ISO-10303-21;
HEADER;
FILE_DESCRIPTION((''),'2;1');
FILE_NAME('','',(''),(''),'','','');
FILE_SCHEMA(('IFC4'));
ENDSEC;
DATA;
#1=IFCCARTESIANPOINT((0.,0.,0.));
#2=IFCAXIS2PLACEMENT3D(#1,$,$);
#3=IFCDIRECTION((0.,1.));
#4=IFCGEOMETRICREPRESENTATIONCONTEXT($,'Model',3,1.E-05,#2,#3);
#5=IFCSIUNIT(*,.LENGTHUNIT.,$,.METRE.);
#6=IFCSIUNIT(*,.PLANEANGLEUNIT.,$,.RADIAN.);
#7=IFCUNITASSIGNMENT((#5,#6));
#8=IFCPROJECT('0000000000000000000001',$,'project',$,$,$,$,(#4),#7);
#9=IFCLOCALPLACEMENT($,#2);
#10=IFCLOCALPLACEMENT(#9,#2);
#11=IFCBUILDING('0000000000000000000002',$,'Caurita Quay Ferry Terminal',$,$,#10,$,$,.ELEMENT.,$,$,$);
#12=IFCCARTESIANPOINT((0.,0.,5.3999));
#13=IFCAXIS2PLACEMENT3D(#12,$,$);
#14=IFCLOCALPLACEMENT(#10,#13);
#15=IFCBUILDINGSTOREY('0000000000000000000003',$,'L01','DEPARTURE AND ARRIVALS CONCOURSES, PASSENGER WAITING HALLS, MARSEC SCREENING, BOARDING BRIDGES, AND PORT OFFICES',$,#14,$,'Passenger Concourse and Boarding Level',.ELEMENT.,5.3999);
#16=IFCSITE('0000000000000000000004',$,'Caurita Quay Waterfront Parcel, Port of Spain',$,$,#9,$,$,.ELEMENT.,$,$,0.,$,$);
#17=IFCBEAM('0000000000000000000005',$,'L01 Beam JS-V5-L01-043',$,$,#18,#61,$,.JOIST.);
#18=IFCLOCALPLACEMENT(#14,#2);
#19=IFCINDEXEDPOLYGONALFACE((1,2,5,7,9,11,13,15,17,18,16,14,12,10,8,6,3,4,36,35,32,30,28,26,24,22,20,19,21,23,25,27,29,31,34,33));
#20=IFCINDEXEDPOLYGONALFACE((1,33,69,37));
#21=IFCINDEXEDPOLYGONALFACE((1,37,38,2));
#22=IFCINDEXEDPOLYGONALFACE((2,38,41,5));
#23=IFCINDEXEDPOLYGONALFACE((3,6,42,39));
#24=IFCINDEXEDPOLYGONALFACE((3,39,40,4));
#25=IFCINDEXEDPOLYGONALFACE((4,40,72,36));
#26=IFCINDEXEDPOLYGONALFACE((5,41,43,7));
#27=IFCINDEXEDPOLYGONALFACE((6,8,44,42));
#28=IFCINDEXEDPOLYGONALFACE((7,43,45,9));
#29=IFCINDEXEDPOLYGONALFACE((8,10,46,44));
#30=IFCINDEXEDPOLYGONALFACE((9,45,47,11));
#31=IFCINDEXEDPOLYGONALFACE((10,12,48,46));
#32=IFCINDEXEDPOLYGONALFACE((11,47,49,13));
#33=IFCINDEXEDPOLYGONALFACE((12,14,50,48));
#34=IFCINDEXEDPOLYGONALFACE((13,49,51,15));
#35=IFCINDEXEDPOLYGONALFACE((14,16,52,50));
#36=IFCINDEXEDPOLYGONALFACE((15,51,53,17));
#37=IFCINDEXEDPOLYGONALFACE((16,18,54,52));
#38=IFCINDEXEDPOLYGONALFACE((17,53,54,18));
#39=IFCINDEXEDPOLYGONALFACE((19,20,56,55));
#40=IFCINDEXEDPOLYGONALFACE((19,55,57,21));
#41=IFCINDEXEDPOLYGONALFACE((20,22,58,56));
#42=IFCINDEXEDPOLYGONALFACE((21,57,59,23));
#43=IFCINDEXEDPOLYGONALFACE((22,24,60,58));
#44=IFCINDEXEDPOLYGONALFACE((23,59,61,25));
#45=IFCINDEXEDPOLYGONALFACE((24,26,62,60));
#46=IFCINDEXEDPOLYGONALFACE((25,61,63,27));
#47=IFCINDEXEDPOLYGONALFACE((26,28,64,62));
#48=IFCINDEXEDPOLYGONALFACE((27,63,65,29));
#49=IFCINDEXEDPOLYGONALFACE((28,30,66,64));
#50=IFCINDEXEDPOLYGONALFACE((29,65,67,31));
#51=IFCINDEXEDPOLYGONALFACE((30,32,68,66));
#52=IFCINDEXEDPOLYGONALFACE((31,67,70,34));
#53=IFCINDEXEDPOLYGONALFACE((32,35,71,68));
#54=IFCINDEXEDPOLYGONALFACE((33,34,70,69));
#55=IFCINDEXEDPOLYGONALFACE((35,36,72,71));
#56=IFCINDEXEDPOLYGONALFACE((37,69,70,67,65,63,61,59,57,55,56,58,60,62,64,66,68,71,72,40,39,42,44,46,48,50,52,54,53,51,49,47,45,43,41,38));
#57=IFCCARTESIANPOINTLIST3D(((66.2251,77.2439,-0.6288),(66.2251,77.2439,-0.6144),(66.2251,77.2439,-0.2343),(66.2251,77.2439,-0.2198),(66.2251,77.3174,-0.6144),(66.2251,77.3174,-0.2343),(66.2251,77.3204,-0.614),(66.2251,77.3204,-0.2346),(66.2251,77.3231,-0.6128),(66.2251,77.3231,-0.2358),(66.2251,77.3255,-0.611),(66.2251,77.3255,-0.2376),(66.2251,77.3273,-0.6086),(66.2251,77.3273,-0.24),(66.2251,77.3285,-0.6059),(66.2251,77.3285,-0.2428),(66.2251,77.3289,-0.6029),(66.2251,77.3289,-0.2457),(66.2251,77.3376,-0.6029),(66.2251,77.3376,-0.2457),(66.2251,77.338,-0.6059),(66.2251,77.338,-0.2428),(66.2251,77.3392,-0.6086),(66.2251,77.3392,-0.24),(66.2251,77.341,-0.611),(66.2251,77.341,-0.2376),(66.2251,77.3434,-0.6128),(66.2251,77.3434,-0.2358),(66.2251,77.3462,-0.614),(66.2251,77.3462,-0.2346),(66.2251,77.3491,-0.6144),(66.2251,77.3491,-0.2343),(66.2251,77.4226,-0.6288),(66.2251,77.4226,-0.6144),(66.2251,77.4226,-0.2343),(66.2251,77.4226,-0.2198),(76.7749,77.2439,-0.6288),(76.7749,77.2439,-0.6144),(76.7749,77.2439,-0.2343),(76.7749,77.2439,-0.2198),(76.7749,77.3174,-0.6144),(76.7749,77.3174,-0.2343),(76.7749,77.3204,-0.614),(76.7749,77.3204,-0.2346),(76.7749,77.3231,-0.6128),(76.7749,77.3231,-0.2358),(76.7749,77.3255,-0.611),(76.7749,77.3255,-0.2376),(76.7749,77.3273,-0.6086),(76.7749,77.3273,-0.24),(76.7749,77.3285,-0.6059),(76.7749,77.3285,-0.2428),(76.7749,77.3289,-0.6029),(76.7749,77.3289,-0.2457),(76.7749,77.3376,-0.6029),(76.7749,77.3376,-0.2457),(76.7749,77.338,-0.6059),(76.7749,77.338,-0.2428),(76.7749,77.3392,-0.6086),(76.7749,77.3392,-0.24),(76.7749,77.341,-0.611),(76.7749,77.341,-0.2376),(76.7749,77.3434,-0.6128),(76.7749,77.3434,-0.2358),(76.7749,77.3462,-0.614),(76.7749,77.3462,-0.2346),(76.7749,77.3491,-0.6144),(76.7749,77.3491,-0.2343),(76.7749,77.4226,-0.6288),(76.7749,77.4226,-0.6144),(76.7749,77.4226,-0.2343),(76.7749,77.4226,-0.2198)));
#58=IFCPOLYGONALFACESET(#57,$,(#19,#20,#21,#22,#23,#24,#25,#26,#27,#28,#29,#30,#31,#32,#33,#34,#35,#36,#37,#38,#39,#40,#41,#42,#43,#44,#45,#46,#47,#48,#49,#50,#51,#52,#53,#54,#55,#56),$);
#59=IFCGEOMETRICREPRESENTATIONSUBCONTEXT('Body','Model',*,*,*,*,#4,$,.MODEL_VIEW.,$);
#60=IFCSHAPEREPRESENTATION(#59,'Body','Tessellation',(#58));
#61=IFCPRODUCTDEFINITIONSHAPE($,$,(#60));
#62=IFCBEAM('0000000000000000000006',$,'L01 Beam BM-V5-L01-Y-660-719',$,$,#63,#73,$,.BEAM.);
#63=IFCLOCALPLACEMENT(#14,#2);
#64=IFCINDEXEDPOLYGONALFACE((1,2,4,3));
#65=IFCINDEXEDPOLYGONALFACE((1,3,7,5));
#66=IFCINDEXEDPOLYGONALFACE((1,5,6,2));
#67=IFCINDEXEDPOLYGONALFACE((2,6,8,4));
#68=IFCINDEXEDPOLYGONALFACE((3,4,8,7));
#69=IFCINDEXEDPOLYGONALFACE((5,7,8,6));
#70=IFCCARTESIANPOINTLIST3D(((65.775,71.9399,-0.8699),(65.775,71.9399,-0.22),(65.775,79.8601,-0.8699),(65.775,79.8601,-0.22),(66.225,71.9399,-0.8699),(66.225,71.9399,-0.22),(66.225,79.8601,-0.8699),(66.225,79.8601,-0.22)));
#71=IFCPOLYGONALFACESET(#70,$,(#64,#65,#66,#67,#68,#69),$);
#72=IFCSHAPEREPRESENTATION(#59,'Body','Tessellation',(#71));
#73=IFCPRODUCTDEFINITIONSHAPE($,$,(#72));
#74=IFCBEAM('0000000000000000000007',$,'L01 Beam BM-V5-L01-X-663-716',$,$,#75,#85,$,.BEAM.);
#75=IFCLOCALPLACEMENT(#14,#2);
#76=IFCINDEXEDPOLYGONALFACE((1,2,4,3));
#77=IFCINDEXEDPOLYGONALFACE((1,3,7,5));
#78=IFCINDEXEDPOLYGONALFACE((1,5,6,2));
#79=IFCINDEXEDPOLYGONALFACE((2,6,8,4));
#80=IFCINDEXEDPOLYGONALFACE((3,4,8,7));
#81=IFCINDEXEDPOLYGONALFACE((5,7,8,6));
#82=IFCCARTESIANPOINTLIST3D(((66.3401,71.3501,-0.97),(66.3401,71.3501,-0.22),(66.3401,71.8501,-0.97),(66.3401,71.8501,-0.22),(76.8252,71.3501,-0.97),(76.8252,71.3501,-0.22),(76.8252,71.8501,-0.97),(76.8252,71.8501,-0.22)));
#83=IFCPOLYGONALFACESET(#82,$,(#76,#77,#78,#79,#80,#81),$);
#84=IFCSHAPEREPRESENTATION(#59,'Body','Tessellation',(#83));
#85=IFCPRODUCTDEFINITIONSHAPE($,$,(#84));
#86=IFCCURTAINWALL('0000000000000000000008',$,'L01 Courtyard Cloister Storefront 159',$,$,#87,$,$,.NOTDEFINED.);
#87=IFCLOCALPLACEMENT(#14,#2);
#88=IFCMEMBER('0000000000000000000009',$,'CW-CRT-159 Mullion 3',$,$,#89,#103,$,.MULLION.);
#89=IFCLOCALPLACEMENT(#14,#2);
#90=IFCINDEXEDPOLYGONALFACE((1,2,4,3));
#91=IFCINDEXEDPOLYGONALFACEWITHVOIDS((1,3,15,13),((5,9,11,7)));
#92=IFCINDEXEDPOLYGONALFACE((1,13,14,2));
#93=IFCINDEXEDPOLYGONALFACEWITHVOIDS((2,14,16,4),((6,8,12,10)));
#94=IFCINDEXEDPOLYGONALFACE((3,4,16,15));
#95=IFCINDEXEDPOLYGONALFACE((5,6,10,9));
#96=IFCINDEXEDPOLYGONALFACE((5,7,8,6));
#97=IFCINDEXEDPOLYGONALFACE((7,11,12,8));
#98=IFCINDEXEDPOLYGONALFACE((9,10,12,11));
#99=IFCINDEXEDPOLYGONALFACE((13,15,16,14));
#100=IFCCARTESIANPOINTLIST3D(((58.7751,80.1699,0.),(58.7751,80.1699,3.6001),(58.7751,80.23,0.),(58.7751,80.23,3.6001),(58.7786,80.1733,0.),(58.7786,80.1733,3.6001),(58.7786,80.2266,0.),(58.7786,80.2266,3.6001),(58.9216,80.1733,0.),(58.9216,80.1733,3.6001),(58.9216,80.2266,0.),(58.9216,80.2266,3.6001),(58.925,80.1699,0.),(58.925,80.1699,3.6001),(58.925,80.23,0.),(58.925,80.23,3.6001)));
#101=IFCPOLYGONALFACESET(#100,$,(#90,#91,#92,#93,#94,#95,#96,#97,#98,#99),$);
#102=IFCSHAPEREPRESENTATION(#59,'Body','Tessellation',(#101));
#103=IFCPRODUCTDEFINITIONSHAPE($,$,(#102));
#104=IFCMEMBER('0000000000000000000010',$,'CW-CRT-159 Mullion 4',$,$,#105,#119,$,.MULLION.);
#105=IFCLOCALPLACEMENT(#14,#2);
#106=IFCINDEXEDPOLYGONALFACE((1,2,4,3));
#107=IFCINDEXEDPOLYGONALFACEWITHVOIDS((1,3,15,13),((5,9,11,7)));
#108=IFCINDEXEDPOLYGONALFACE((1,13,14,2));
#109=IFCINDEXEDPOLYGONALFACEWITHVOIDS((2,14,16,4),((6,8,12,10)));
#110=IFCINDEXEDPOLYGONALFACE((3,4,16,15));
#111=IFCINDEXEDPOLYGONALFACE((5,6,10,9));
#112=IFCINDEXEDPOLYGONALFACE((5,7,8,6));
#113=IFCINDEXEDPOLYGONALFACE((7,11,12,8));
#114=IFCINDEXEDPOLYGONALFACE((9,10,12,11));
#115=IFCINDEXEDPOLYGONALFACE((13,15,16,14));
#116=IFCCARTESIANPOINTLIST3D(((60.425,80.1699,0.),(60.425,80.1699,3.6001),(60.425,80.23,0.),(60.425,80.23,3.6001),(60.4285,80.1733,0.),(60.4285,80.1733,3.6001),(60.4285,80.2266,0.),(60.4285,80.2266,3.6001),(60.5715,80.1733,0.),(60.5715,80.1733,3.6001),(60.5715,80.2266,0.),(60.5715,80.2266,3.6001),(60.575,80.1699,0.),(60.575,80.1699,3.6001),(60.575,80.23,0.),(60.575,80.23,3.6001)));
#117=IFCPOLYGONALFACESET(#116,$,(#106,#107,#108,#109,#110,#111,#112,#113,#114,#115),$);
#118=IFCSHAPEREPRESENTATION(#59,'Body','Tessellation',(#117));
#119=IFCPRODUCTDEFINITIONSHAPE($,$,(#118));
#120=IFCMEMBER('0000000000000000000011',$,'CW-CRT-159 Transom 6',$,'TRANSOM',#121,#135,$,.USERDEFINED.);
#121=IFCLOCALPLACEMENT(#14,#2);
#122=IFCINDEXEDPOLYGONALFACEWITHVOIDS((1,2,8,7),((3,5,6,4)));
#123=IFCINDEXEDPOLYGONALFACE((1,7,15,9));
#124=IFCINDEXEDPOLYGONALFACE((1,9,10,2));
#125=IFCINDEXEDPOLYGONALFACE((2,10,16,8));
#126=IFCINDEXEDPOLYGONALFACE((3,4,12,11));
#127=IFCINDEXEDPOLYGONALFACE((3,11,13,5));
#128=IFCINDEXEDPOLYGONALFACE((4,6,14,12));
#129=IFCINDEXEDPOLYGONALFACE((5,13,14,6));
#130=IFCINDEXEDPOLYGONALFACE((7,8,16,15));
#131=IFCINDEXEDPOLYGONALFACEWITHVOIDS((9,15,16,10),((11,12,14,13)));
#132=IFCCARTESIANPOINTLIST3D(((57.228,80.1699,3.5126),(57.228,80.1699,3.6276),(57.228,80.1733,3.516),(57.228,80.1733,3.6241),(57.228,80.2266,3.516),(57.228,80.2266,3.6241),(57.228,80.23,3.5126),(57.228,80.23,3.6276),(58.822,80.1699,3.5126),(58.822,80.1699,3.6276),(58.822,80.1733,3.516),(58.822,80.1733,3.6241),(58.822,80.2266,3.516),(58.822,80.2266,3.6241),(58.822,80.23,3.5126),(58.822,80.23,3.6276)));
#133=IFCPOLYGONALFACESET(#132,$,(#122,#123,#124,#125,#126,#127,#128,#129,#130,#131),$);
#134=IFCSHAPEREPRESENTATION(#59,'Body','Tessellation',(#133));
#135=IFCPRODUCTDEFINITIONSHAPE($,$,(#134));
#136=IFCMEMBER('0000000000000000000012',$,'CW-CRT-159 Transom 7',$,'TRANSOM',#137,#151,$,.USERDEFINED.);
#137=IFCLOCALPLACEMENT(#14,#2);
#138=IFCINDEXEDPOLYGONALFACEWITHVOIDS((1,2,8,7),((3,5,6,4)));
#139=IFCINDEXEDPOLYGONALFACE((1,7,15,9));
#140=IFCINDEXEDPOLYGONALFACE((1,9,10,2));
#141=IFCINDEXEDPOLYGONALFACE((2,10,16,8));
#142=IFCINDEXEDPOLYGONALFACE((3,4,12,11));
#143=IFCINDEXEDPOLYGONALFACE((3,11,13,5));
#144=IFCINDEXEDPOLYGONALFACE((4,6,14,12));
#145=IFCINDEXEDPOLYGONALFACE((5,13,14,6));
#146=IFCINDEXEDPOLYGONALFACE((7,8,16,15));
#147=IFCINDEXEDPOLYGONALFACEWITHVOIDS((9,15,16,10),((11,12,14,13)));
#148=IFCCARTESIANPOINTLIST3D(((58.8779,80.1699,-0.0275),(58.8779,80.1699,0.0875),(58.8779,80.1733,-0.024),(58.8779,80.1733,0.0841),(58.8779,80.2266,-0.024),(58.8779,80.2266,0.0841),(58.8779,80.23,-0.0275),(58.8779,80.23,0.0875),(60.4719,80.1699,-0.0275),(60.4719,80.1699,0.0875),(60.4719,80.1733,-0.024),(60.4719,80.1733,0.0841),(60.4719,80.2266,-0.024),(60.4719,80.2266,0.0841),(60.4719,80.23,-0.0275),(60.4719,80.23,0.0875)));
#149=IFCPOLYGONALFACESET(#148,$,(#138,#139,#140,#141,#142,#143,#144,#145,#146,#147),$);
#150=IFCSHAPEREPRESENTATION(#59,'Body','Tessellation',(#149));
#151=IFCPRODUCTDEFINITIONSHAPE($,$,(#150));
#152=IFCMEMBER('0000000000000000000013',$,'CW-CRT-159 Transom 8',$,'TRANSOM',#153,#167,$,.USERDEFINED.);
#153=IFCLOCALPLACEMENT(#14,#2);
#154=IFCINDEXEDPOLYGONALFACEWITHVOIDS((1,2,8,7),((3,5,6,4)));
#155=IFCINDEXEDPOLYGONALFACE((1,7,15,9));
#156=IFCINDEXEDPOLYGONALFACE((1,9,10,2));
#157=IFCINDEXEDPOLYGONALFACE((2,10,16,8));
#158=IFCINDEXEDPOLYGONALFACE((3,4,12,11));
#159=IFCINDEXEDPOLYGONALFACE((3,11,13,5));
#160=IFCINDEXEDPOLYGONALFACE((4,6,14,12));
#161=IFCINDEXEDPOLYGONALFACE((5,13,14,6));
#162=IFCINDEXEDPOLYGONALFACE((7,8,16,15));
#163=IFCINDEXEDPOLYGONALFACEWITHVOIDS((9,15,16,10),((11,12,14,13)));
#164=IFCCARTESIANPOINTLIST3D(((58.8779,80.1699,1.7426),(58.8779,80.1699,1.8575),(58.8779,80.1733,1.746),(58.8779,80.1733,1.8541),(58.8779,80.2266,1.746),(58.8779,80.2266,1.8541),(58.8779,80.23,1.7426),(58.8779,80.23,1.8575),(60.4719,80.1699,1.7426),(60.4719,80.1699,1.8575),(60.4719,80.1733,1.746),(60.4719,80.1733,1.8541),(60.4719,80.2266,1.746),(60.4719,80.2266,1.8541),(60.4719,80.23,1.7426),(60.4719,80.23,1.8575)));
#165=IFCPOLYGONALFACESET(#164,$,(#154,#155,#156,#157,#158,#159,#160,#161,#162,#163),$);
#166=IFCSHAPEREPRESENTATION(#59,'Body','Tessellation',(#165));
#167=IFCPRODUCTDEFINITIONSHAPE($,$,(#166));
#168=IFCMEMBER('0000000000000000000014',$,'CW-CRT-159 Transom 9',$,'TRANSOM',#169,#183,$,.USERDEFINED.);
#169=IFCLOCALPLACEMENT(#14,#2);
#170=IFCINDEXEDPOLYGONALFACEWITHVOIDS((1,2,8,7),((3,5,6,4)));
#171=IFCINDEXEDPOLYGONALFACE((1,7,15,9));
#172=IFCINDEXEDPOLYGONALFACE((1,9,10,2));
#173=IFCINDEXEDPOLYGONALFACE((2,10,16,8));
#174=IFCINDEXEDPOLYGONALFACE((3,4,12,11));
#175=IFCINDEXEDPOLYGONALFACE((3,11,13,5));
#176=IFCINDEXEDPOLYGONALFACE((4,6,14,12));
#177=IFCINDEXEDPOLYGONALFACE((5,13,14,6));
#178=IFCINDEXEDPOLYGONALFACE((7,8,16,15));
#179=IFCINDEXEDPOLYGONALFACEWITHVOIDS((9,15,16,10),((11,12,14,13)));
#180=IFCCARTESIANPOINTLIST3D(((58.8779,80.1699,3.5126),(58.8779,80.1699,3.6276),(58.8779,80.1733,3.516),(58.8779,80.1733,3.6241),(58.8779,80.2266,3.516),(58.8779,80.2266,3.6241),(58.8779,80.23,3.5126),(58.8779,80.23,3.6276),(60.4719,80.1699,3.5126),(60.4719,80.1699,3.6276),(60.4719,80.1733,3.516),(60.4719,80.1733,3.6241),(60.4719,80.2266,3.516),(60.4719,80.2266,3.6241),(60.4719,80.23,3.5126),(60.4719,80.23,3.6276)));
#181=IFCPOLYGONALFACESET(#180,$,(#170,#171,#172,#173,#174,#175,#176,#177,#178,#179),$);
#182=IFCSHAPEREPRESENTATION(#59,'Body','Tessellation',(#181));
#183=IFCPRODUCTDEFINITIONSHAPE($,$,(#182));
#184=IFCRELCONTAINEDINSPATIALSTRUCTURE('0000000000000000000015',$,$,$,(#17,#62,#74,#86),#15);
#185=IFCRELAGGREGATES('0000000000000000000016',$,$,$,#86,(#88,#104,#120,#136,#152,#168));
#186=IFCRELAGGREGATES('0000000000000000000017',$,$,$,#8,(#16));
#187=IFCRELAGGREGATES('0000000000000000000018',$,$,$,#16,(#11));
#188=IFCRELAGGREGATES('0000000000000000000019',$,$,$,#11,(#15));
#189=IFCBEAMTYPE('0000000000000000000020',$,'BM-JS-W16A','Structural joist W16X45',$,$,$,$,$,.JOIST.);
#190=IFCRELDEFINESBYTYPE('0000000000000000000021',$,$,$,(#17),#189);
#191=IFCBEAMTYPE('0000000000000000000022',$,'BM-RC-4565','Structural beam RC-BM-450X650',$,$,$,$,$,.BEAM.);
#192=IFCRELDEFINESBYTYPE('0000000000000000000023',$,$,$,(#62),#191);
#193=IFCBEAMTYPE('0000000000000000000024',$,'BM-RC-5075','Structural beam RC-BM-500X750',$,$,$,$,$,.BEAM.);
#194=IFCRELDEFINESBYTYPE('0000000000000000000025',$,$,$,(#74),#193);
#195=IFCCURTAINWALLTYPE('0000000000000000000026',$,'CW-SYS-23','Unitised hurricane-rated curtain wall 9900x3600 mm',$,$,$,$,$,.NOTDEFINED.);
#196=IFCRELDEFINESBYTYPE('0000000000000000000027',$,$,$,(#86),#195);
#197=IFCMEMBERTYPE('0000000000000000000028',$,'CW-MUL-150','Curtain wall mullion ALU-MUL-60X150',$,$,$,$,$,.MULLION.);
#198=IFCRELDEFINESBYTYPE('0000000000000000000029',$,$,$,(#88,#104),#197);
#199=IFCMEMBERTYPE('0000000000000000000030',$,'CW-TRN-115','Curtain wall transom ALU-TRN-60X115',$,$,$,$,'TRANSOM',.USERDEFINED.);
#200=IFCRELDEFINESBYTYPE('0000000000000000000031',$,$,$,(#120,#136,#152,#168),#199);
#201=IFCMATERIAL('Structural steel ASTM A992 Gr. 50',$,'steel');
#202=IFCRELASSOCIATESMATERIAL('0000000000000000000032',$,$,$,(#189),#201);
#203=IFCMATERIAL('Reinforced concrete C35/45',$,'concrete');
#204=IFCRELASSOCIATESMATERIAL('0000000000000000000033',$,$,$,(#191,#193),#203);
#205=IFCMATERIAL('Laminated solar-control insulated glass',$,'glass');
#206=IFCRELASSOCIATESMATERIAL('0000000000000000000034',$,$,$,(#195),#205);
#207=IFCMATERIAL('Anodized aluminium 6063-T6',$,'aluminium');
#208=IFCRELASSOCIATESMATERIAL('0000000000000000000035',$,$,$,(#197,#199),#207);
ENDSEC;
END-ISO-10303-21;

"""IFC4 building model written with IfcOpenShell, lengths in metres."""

from ifc_helpers import new_model, si_unit, direction, frame, origin, origin_2d, place, context, subcontext, project, spatial, rectangle, hollow_rectangle, i_section, extrude, material, material_profile, profile_set, type_object, element, aggregate, save


model = new_model("IFC4")

# Units and contexts
model_context = context("Model", 3, precision=1e-05, world=origin(), true_north=direction((0.0, 1.0)))
body_context = subcontext(model_context, "Body", "Model", "MODEL_VIEW")
ifc_project = project(units=[si_unit("LENGTHUNIT", "METRE"), si_unit("PLANEANGLEUNIT", "RADIAN")], contexts=[model_context])

# Site, building, storey
site_placement = place(None, origin())
site = spatial("IfcSite", under=ifc_project, at=site_placement, Name="Caurita Quay Waterfront Parcel, Port of Spain", CompositionType="ELEMENT", RefElevation=0.0)
building_placement = place(site_placement, origin())
building = spatial("IfcBuilding", under=site, at=building_placement, Name="Caurita Quay Ferry Terminal", CompositionType="ELEMENT")
storey_placement = place(building_placement, frame((0.0, 0.0, 5.3999)))
storey = spatial("IfcBuildingStorey", under=building, at=storey_placement, Name="L01", Description="DEPARTURE AND ARRIVALS CONCOURSES, PASSENGER WAITING HALLS, MARSEC SCREENING, BOARDING BRIDGES, AND PORT OFFICES", LongName="Passenger Concourse and Boarding Level", CompositionType="ELEMENT", Elevation=5.3999)

# Shared definitions
ifc_material_1 = material(Name="Reinforced concrete C35/45", Category="concrete")
ifc_material_2 = material(Name="Structural steel ASTM A992 Gr. 50", Category="steel")

# Beams
ifc_material_profile_1 = material_profile(ifc_material_2, i_section(OverallWidth=0.1787, OverallDepth=0.4089, WebThickness=0.0088, FlangeThickness=0.0144, FilletRadius=0.0115, at=origin_2d()), Name="W16X45")
ifc_profile_set_1 = profile_set([ifc_material_profile_1], Name="Structural steel ASTM A992 Gr. 50")
beam_type_1 = type_object("IfcBeamType", Name="BM-JS-W16A", Description="Structural joist W16X45", PredefinedType="JOIST", material=ifc_profile_set_1)
for number, where, z_axis, x_axis, name in (
    (1, (66.2251, 77.3333, -0.4243), (1.0, 0.0, 0.0), (0.0, 1.0, 0.0), "L01 Beam JS-V5-L01-043"),
):
    element("IfcBeam", number, at=place(storey_placement, frame(where, z_axis=z_axis, x_axis=x_axis)), inside=storey, type_object=beam_type_1, Name=name, PredefinedType="JOIST", context=body_context, shape_type="SweptSolid", body=[
        extrude(i_section(OverallWidth=0.1787, OverallDepth=0.4089, WebThickness=0.0088, FlangeThickness=0.0144, FilletRadius=0.0115, at=origin_2d()), origin(), (0.0, 0.0, 1.0), 10.5498),
    ])
ifc_material_profile_2 = material_profile(ifc_material_1, rectangle(XDim=0.45, YDim=0.6499, at=origin_2d()), Name="RC-BM-450X650")
ifc_profile_set_2 = profile_set([ifc_material_profile_2], Name="Reinforced concrete C35/45")
beam_type_2 = type_object("IfcBeamType", Name="BM-RC-4565", Description="Structural beam RC-BM-450X650", PredefinedType="BEAM", material=ifc_profile_set_2)
beam_1_placement = place(storey_placement, frame((66.0, 71.9399, -0.5449), z_axis=(0.0, 1.0, 0.0), x_axis=(-1.0, 0.0, 0.0)))
element("IfcBeam", 2, at=beam_1_placement, inside=storey, type_object=beam_type_2, Name="L01 Beam BM-V5-L01-Y-660-719", PredefinedType="BEAM", context=body_context, shape_type="SweptSolid", body=[
    extrude(rectangle(XDim=0.45, YDim=0.6499, at=origin_2d()), origin(), (0.0, 0.0, 1.0), 7.9202),
])
ifc_material_profile_3 = material_profile(ifc_material_1, rectangle(XDim=0.5, YDim=0.75, at=origin_2d()), Name="RC-BM-500X750")
ifc_profile_set_3 = profile_set([ifc_material_profile_3], Name="Reinforced concrete C35/45")
beam_type_3 = type_object("IfcBeamType", Name="BM-RC-5075", Description="Structural beam RC-BM-500X750", PredefinedType="BEAM", material=ifc_profile_set_3)
beam_2_placement = place(storey_placement, frame((66.3401, 71.6001, -0.595), z_axis=(1.0, 0.0, 0.0), x_axis=(0.0, 1.0, 0.0)))
element("IfcBeam", 3, at=beam_2_placement, inside=storey, type_object=beam_type_3, Name="L01 Beam BM-V5-L01-X-663-716", PredefinedType="BEAM", context=body_context, shape_type="SweptSolid", body=[
    extrude(rectangle(XDim=0.5, YDim=0.75, at=origin_2d()), origin(), (0.0, 0.0, 1.0), 10.4851),
])

# Curtain wall, members
ifc_material_3 = material(Name="Laminated solar-control insulated glass", Category="glass")
curtain_wall_type = type_object("IfcCurtainWallType", Name="CW-SYS-23", Description="Unitised hurricane-rated curtain wall 9900x3600 mm", PredefinedType="NOTDEFINED", material=ifc_material_3)
curtain_wall_placement = place(storey_placement, origin())
curtain_wall = element("IfcCurtainWall", 4, at=curtain_wall_placement, inside=storey, type_object=curtain_wall_type, Name="L01 Courtyard Cloister Storefront 159", PredefinedType="NOTDEFINED")
ifc_material_4 = material(Name="Anodized aluminium 6063-T6", Category="aluminium")
ifc_material_profile_4 = material_profile(ifc_material_4, hollow_rectangle(XDim=0.0601, YDim=0.1499, WallThickness=0.0034, at=origin_2d()), Name="ALU-MUL-60X150")
ifc_profile_set_4 = profile_set([ifc_material_profile_4], Name="Anodized aluminium 6063-T6")
member_type_1 = type_object("IfcMemberType", Name="CW-MUL-150", Description="Curtain wall mullion ALU-MUL-60X150", PredefinedType="MULLION", material=ifc_profile_set_4)
member_1_placement = place(storey_placement, frame((58.8501, 80.2, 0.0), z_axis=(0.0, 0.0, 1.0), x_axis=(0.0, 1.0, 0.0)))
member_1 = element("IfcMember", 5, at=member_1_placement, type_object=member_type_1, Name="CW-CRT-159 Mullion 3", PredefinedType="MULLION", context=body_context, shape_type="SweptSolid", body=[
    extrude(hollow_rectangle(XDim=0.0601, YDim=0.1499, WallThickness=0.0034, at=origin_2d()), origin(), (0.0, 0.0, 1.0), 3.6001),
])
member_2_placement = place(storey_placement, frame((60.5, 80.2, 0.0), z_axis=(0.0, 0.0, 1.0), x_axis=(0.0, 1.0, 0.0)))
member_2 = element("IfcMember", 6, at=member_2_placement, type_object=member_type_1, Name="CW-CRT-159 Mullion 4", PredefinedType="MULLION", context=body_context, shape_type="SweptSolid", body=[
    extrude(hollow_rectangle(XDim=0.0601, YDim=0.1499, WallThickness=0.0034, at=origin_2d()), origin(), (0.0, 0.0, 1.0), 3.6001),
])
ifc_material_profile_5 = material_profile(ifc_material_4, hollow_rectangle(XDim=0.0601, YDim=0.115, WallThickness=0.0034, at=origin_2d()), Name="ALU-TRN-60X115")
ifc_profile_set_5 = profile_set([ifc_material_profile_5], Name="Anodized aluminium 6063-T6")
member_type_2 = type_object("IfcMemberType", Name="CW-TRN-115", Description="Curtain wall transom ALU-TRN-60X115", ElementType="TRANSOM", PredefinedType="USERDEFINED", material=ifc_profile_set_5)
member_3_placement = place(storey_placement, frame((57.228, 80.2, 3.5701), z_axis=(1.0, 0.0, 0.0), x_axis=(0.0, 1.0, 0.0)))
member_3 = element("IfcMember", 7, at=member_3_placement, type_object=member_type_2, Name="CW-CRT-159 Transom 6", ObjectType="TRANSOM", PredefinedType="USERDEFINED", context=body_context, shape_type="SweptSolid", body=[
    extrude(hollow_rectangle(XDim=0.0601, YDim=0.115, WallThickness=0.0034, at=origin_2d()), origin(), (0.0, 0.0, 1.0), 1.594),
])
member_4_placement = place(storey_placement, frame((58.8779, 80.2, 0.03), z_axis=(1.0, 0.0, 0.0), x_axis=(0.0, 1.0, 0.0)))
member_4 = element("IfcMember", 8, at=member_4_placement, type_object=member_type_2, Name="CW-CRT-159 Transom 7", ObjectType="TRANSOM", PredefinedType="USERDEFINED", context=body_context, shape_type="SweptSolid", body=[
    extrude(hollow_rectangle(XDim=0.0601, YDim=0.115, WallThickness=0.0034, at=origin_2d()), origin(), (0.0, 0.0, 1.0), 1.594),
])
member_5_placement = place(storey_placement, frame((58.8779, 80.2, 1.8), z_axis=(1.0, 0.0, 0.0), x_axis=(0.0, 1.0, 0.0)))
member_5 = element("IfcMember", 9, at=member_5_placement, type_object=member_type_2, Name="CW-CRT-159 Transom 8", ObjectType="TRANSOM", PredefinedType="USERDEFINED", context=body_context, shape_type="SweptSolid", body=[
    extrude(hollow_rectangle(XDim=0.0601, YDim=0.115, WallThickness=0.0034, at=origin_2d()), origin(), (0.0, 0.0, 1.0), 1.594),
])
member_6_placement = place(storey_placement, frame((58.8779, 80.2, 3.5701), z_axis=(1.0, 0.0, 0.0), x_axis=(0.0, 1.0, 0.0)))
member_6 = element("IfcMember", 10, at=member_6_placement, type_object=member_type_2, Name="CW-CRT-159 Transom 9", ObjectType="TRANSOM", PredefinedType="USERDEFINED", context=body_context, shape_type="SweptSolid", body=[
    extrude(hollow_rectangle(XDim=0.0601, YDim=0.115, WallThickness=0.0034, at=origin_2d()), origin(), (0.0, 0.0, 1.0), 1.594),
])
aggregate(curtain_wall, [member_1, member_2, member_3, member_4, member_5, member_6])

save(model, "model.ifc")
